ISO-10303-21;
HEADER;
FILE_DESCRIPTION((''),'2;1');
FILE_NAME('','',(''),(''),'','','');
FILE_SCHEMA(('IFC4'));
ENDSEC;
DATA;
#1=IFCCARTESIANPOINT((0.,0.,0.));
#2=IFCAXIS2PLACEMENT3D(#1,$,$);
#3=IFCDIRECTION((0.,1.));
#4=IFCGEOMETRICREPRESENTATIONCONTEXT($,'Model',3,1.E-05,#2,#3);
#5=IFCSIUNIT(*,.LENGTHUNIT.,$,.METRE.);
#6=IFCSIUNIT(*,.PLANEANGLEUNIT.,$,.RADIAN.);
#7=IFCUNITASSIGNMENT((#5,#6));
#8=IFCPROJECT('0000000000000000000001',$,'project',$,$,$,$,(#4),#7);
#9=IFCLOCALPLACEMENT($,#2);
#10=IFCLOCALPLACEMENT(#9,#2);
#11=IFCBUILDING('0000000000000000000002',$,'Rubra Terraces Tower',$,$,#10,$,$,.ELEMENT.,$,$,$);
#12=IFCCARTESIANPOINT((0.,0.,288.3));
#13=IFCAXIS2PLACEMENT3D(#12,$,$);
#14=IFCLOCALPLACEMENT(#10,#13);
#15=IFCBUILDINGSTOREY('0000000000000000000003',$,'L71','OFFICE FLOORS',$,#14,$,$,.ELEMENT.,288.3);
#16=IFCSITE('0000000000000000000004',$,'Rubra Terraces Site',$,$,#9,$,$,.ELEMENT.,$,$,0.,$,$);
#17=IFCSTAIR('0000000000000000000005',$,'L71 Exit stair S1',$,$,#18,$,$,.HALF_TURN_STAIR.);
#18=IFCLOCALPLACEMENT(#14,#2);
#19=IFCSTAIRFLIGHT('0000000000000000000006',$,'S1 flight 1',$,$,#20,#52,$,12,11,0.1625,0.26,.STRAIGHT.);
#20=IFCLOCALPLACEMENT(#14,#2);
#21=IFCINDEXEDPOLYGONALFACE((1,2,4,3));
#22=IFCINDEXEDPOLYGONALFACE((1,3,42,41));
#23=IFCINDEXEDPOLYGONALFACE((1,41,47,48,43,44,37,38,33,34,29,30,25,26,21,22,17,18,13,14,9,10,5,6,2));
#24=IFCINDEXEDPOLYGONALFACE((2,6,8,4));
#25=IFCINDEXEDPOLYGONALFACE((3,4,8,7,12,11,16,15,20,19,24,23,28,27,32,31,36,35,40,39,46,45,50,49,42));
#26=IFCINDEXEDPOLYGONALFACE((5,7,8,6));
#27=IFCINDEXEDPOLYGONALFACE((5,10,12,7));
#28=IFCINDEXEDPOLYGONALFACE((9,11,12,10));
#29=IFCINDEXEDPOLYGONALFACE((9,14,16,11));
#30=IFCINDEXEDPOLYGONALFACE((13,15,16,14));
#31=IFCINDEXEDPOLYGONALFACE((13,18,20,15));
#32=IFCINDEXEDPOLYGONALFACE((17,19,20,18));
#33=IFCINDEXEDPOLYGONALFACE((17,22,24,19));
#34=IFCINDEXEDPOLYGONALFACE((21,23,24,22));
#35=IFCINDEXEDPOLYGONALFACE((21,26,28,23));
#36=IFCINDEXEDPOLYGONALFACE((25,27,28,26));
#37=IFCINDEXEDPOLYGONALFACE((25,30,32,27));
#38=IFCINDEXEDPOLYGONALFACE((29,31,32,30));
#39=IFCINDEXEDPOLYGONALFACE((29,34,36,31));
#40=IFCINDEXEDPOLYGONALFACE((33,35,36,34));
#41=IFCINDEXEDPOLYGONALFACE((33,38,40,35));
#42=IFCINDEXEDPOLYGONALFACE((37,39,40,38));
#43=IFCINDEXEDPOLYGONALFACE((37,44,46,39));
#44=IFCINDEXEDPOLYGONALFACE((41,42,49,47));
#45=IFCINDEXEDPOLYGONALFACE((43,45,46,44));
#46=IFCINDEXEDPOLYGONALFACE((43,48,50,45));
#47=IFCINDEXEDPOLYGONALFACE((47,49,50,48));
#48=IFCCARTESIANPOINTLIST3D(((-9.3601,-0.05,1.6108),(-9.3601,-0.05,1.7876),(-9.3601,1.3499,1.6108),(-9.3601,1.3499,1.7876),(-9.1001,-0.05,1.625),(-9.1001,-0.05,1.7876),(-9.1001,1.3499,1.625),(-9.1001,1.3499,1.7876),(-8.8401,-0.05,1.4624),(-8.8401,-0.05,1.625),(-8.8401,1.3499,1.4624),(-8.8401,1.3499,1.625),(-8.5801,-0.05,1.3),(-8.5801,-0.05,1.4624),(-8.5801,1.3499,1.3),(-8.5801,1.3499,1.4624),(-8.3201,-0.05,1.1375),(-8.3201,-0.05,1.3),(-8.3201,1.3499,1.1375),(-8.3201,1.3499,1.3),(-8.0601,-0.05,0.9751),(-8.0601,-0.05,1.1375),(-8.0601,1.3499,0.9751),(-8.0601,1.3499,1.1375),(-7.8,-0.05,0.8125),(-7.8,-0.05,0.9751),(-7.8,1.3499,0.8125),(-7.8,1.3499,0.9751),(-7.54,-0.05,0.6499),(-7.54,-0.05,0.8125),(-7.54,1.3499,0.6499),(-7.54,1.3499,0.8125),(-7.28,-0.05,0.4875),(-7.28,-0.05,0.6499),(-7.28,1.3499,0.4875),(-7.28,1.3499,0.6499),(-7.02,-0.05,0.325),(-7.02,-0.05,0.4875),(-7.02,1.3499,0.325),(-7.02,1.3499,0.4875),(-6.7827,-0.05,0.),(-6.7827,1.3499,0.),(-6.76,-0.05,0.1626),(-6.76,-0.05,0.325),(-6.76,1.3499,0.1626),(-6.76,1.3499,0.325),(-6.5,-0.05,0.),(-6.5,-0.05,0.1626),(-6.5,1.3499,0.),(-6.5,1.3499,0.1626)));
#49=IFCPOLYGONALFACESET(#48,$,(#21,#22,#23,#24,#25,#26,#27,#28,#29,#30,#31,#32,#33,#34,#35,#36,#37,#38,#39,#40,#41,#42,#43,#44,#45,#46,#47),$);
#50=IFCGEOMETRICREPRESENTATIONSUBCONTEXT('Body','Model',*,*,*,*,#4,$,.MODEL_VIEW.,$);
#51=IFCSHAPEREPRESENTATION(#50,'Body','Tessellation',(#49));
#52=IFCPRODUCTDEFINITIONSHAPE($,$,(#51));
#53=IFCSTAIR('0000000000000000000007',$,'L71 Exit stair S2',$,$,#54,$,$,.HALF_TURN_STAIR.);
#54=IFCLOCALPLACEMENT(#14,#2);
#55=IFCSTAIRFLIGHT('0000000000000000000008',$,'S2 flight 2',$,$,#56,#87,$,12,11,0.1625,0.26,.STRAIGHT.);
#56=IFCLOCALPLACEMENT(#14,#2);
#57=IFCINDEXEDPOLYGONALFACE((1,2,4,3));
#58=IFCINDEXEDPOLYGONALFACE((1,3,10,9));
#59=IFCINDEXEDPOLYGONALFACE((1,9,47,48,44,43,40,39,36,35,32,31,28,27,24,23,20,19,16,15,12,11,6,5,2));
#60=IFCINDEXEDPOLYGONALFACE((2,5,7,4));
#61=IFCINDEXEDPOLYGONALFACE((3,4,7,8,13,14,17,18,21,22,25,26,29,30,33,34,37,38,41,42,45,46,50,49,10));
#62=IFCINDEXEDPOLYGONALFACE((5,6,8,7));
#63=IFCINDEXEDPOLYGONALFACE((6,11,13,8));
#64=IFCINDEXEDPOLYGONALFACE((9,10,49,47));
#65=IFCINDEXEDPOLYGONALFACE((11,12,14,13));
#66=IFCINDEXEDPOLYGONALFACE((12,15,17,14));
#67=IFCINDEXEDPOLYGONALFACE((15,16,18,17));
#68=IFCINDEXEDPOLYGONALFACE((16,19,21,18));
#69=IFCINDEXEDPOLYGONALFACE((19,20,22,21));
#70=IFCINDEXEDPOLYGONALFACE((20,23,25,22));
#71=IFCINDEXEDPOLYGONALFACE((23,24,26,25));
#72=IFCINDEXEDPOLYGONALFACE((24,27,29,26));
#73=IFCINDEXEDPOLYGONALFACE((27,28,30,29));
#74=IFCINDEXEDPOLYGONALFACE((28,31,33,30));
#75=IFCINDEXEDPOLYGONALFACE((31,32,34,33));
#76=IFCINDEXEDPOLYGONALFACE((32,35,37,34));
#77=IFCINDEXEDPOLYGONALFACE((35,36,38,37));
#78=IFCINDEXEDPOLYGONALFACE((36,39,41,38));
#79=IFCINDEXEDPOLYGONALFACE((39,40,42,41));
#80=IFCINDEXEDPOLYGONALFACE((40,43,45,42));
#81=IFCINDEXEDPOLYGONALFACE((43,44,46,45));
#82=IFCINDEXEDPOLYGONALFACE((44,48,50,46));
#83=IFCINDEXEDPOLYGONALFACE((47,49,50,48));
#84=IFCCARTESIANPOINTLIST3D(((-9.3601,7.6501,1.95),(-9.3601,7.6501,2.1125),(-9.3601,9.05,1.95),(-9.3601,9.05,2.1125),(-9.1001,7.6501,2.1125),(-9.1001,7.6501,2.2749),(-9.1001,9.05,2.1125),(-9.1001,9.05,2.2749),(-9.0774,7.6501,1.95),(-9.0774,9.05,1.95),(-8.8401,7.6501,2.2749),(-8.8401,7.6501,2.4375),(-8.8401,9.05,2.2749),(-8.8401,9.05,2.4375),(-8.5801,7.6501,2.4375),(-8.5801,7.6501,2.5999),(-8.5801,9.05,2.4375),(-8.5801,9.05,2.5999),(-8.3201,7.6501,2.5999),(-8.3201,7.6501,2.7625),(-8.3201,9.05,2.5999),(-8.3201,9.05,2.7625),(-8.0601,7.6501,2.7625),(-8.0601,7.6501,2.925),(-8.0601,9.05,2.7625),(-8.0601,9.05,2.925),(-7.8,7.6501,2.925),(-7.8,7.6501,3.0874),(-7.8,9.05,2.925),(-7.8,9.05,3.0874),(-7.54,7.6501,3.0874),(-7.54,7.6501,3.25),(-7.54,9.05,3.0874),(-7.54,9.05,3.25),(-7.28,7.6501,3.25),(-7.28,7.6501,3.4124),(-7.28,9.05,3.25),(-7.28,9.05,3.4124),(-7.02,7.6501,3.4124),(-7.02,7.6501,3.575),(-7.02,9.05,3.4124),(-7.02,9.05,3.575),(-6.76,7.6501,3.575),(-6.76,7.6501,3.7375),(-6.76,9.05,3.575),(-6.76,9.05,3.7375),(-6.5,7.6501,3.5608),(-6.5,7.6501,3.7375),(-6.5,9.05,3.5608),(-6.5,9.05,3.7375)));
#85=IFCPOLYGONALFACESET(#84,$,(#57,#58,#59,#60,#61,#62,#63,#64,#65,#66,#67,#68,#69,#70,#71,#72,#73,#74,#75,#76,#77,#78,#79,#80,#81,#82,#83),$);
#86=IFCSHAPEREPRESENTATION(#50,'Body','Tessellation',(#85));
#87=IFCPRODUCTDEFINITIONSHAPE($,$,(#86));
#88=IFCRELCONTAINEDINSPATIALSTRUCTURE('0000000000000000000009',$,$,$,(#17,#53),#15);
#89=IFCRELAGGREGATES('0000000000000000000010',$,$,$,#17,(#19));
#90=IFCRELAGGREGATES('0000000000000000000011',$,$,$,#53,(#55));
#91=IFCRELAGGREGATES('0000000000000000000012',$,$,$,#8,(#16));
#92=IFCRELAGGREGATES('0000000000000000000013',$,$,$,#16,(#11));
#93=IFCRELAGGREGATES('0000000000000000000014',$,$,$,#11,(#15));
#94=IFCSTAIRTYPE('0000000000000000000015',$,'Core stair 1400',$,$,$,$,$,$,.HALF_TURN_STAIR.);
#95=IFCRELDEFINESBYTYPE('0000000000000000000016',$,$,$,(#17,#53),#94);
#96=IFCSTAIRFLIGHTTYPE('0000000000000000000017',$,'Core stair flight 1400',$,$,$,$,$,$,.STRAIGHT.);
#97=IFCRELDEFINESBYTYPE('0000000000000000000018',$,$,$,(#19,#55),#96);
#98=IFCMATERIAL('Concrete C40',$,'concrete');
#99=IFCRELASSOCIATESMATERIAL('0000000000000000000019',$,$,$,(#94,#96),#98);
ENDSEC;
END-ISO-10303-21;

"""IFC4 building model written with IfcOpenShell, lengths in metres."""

from ifc_helpers import new_model, si_unit, direction, frame, origin, place, context, subcontext, project, spatial, polyline, outline, extrude, material, type_object, element, aggregate, save


model = new_model("IFC4")

# Units and contexts
model_context = context("Model", 3, precision=1e-05, world=origin(), true_north=direction((0.0, 1.0)))
body_context = subcontext(model_context, "Body", "Model", "MODEL_VIEW")
ifc_project = project(units=[si_unit("LENGTHUNIT", "METRE"), si_unit("PLANEANGLEUNIT", "RADIAN")], contexts=[model_context])

# Site, building, storey
site_placement = place(None, origin())
site = spatial("IfcSite", under=ifc_project, at=site_placement, Name="Rubra Terraces Site", CompositionType="ELEMENT", RefElevation=0.0)
building_placement = place(site_placement, origin())
building = spatial("IfcBuilding", under=site, at=building_placement, Name="Rubra Terraces Tower", CompositionType="ELEMENT")
storey_placement = place(building_placement, frame((0.0, 0.0, 288.3)))
storey = spatial("IfcBuildingStorey", under=building, at=storey_placement, Name="L71", Description="OFFICE FLOORS", CompositionType="ELEMENT", Elevation=288.3)

# Shared definitions
ifc_material_1 = material(Name="Concrete C40", Category="concrete")
stair_type = type_object("IfcStairType", Name="Core stair 1400", PredefinedType="HALF_TURN_STAIR", material=ifc_material_1)

# Stairs, stair flights
stair_1_placement = place(storey_placement, origin())
stair_1 = element("IfcStair", 1, at=stair_1_placement, inside=storey, type_object=stair_type, Name="L71 Exit stair S1", PredefinedType="HALF_TURN_STAIR")
stair_flight_type = type_object("IfcStairFlightType", Name="Core stair flight 1400", PredefinedType="STRAIGHT", material=ifc_material_1)
stair_flight_1_placement = place(storey_placement, frame((-6.5, 0.6499, 0.0), z_axis=(0.0, 0.0, 1.0), x_axis=(-1.0, 0.0, 0.0)))
stair_flight_1 = element("IfcStairFlight", 2, at=stair_flight_1_placement, type_object=stair_flight_type, Name="S1 flight 1", NumberOfRisers=12, NumberOfTreads=11, PredefinedType="STRAIGHT", RiserHeight=0.1625, TreadLength=0.26, context=body_context, shape_type="SweptSolid", body=[
    extrude(outline(polyline([(0.0, 0.0), (0.0, 0.1626), (0.26, 0.1626), (0.26, 0.325), (0.52, 0.325), (0.52, 0.4875), (0.78, 0.4875), (0.78, 0.6499), (1.04, 0.6499), (1.04, 0.8125), (1.3, 0.8125), (1.3, 0.9751), (1.5601, 0.9751), (1.5601, 1.1375), (1.8201, 1.1375), (1.8201, 1.3), (2.0801, 1.3), (2.0801, 1.4624), (2.3401, 1.4624), (2.3401, 1.625), (2.6001, 1.625), (2.6001, 1.7876), (2.8601, 1.7876), (2.8601, 1.95), (2.8601, 1.6108), (0.2827, 0.0), (0.0, 0.0)])), frame((0.0, 0.7, 0.0), z_axis=(0.0, -1.0, 0.0), x_axis=(1.0, 0.0, 0.0)), (0.0, 0.0, 1.0), 1.3999),
])
aggregate(stair_1, [stair_flight_1])
stair_2_placement = place(storey_placement, origin())
stair_2 = element("IfcStair", 3, at=stair_2_placement, inside=storey, type_object=stair_type, Name="L71 Exit stair S2", PredefinedType="HALF_TURN_STAIR")
stair_flight_2_placement = place(storey_placement, frame((-9.3601, 8.3501, 1.95), z_axis=(0.0, 0.0, 1.0), x_axis=(1.0, 0.0, 0.0)))
stair_flight_2 = element("IfcStairFlight", 4, at=stair_flight_2_placement, type_object=stair_flight_type, Name="S2 flight 2", NumberOfRisers=12, NumberOfTreads=11, PredefinedType="STRAIGHT", RiserHeight=0.1625, TreadLength=0.26, context=body_context, shape_type="SweptSolid", body=[
    extrude(outline(polyline([(0.0, 0.0), (0.0, 0.1626), (0.26, 0.1626), (0.26, 0.325), (0.52, 0.325), (0.52, 0.4875), (0.78, 0.4875), (0.78, 0.6499), (1.04, 0.6499), (1.04, 0.8125), (1.3, 0.8125), (1.3, 0.9751), (1.5601, 0.9751), (1.5601, 1.1375), (1.8201, 1.1375), (1.8201, 1.3), (2.0801, 1.3), (2.0801, 1.4624), (2.3401, 1.4624), (2.3401, 1.625), (2.6001, 1.625), (2.6001, 1.7876), (2.8601, 1.7876), (2.8601, 1.95), (2.8601, 1.6108), (0.2827, 0.0), (0.0, 0.0)])), frame((0.0, 0.7, 0.0), z_axis=(0.0, -1.0, 0.0), x_axis=(1.0, 0.0, 0.0)), (0.0, 0.0, 1.0), 1.3999),
])
aggregate(stair_2, [stair_flight_2])

save(model, "model.ifc")
